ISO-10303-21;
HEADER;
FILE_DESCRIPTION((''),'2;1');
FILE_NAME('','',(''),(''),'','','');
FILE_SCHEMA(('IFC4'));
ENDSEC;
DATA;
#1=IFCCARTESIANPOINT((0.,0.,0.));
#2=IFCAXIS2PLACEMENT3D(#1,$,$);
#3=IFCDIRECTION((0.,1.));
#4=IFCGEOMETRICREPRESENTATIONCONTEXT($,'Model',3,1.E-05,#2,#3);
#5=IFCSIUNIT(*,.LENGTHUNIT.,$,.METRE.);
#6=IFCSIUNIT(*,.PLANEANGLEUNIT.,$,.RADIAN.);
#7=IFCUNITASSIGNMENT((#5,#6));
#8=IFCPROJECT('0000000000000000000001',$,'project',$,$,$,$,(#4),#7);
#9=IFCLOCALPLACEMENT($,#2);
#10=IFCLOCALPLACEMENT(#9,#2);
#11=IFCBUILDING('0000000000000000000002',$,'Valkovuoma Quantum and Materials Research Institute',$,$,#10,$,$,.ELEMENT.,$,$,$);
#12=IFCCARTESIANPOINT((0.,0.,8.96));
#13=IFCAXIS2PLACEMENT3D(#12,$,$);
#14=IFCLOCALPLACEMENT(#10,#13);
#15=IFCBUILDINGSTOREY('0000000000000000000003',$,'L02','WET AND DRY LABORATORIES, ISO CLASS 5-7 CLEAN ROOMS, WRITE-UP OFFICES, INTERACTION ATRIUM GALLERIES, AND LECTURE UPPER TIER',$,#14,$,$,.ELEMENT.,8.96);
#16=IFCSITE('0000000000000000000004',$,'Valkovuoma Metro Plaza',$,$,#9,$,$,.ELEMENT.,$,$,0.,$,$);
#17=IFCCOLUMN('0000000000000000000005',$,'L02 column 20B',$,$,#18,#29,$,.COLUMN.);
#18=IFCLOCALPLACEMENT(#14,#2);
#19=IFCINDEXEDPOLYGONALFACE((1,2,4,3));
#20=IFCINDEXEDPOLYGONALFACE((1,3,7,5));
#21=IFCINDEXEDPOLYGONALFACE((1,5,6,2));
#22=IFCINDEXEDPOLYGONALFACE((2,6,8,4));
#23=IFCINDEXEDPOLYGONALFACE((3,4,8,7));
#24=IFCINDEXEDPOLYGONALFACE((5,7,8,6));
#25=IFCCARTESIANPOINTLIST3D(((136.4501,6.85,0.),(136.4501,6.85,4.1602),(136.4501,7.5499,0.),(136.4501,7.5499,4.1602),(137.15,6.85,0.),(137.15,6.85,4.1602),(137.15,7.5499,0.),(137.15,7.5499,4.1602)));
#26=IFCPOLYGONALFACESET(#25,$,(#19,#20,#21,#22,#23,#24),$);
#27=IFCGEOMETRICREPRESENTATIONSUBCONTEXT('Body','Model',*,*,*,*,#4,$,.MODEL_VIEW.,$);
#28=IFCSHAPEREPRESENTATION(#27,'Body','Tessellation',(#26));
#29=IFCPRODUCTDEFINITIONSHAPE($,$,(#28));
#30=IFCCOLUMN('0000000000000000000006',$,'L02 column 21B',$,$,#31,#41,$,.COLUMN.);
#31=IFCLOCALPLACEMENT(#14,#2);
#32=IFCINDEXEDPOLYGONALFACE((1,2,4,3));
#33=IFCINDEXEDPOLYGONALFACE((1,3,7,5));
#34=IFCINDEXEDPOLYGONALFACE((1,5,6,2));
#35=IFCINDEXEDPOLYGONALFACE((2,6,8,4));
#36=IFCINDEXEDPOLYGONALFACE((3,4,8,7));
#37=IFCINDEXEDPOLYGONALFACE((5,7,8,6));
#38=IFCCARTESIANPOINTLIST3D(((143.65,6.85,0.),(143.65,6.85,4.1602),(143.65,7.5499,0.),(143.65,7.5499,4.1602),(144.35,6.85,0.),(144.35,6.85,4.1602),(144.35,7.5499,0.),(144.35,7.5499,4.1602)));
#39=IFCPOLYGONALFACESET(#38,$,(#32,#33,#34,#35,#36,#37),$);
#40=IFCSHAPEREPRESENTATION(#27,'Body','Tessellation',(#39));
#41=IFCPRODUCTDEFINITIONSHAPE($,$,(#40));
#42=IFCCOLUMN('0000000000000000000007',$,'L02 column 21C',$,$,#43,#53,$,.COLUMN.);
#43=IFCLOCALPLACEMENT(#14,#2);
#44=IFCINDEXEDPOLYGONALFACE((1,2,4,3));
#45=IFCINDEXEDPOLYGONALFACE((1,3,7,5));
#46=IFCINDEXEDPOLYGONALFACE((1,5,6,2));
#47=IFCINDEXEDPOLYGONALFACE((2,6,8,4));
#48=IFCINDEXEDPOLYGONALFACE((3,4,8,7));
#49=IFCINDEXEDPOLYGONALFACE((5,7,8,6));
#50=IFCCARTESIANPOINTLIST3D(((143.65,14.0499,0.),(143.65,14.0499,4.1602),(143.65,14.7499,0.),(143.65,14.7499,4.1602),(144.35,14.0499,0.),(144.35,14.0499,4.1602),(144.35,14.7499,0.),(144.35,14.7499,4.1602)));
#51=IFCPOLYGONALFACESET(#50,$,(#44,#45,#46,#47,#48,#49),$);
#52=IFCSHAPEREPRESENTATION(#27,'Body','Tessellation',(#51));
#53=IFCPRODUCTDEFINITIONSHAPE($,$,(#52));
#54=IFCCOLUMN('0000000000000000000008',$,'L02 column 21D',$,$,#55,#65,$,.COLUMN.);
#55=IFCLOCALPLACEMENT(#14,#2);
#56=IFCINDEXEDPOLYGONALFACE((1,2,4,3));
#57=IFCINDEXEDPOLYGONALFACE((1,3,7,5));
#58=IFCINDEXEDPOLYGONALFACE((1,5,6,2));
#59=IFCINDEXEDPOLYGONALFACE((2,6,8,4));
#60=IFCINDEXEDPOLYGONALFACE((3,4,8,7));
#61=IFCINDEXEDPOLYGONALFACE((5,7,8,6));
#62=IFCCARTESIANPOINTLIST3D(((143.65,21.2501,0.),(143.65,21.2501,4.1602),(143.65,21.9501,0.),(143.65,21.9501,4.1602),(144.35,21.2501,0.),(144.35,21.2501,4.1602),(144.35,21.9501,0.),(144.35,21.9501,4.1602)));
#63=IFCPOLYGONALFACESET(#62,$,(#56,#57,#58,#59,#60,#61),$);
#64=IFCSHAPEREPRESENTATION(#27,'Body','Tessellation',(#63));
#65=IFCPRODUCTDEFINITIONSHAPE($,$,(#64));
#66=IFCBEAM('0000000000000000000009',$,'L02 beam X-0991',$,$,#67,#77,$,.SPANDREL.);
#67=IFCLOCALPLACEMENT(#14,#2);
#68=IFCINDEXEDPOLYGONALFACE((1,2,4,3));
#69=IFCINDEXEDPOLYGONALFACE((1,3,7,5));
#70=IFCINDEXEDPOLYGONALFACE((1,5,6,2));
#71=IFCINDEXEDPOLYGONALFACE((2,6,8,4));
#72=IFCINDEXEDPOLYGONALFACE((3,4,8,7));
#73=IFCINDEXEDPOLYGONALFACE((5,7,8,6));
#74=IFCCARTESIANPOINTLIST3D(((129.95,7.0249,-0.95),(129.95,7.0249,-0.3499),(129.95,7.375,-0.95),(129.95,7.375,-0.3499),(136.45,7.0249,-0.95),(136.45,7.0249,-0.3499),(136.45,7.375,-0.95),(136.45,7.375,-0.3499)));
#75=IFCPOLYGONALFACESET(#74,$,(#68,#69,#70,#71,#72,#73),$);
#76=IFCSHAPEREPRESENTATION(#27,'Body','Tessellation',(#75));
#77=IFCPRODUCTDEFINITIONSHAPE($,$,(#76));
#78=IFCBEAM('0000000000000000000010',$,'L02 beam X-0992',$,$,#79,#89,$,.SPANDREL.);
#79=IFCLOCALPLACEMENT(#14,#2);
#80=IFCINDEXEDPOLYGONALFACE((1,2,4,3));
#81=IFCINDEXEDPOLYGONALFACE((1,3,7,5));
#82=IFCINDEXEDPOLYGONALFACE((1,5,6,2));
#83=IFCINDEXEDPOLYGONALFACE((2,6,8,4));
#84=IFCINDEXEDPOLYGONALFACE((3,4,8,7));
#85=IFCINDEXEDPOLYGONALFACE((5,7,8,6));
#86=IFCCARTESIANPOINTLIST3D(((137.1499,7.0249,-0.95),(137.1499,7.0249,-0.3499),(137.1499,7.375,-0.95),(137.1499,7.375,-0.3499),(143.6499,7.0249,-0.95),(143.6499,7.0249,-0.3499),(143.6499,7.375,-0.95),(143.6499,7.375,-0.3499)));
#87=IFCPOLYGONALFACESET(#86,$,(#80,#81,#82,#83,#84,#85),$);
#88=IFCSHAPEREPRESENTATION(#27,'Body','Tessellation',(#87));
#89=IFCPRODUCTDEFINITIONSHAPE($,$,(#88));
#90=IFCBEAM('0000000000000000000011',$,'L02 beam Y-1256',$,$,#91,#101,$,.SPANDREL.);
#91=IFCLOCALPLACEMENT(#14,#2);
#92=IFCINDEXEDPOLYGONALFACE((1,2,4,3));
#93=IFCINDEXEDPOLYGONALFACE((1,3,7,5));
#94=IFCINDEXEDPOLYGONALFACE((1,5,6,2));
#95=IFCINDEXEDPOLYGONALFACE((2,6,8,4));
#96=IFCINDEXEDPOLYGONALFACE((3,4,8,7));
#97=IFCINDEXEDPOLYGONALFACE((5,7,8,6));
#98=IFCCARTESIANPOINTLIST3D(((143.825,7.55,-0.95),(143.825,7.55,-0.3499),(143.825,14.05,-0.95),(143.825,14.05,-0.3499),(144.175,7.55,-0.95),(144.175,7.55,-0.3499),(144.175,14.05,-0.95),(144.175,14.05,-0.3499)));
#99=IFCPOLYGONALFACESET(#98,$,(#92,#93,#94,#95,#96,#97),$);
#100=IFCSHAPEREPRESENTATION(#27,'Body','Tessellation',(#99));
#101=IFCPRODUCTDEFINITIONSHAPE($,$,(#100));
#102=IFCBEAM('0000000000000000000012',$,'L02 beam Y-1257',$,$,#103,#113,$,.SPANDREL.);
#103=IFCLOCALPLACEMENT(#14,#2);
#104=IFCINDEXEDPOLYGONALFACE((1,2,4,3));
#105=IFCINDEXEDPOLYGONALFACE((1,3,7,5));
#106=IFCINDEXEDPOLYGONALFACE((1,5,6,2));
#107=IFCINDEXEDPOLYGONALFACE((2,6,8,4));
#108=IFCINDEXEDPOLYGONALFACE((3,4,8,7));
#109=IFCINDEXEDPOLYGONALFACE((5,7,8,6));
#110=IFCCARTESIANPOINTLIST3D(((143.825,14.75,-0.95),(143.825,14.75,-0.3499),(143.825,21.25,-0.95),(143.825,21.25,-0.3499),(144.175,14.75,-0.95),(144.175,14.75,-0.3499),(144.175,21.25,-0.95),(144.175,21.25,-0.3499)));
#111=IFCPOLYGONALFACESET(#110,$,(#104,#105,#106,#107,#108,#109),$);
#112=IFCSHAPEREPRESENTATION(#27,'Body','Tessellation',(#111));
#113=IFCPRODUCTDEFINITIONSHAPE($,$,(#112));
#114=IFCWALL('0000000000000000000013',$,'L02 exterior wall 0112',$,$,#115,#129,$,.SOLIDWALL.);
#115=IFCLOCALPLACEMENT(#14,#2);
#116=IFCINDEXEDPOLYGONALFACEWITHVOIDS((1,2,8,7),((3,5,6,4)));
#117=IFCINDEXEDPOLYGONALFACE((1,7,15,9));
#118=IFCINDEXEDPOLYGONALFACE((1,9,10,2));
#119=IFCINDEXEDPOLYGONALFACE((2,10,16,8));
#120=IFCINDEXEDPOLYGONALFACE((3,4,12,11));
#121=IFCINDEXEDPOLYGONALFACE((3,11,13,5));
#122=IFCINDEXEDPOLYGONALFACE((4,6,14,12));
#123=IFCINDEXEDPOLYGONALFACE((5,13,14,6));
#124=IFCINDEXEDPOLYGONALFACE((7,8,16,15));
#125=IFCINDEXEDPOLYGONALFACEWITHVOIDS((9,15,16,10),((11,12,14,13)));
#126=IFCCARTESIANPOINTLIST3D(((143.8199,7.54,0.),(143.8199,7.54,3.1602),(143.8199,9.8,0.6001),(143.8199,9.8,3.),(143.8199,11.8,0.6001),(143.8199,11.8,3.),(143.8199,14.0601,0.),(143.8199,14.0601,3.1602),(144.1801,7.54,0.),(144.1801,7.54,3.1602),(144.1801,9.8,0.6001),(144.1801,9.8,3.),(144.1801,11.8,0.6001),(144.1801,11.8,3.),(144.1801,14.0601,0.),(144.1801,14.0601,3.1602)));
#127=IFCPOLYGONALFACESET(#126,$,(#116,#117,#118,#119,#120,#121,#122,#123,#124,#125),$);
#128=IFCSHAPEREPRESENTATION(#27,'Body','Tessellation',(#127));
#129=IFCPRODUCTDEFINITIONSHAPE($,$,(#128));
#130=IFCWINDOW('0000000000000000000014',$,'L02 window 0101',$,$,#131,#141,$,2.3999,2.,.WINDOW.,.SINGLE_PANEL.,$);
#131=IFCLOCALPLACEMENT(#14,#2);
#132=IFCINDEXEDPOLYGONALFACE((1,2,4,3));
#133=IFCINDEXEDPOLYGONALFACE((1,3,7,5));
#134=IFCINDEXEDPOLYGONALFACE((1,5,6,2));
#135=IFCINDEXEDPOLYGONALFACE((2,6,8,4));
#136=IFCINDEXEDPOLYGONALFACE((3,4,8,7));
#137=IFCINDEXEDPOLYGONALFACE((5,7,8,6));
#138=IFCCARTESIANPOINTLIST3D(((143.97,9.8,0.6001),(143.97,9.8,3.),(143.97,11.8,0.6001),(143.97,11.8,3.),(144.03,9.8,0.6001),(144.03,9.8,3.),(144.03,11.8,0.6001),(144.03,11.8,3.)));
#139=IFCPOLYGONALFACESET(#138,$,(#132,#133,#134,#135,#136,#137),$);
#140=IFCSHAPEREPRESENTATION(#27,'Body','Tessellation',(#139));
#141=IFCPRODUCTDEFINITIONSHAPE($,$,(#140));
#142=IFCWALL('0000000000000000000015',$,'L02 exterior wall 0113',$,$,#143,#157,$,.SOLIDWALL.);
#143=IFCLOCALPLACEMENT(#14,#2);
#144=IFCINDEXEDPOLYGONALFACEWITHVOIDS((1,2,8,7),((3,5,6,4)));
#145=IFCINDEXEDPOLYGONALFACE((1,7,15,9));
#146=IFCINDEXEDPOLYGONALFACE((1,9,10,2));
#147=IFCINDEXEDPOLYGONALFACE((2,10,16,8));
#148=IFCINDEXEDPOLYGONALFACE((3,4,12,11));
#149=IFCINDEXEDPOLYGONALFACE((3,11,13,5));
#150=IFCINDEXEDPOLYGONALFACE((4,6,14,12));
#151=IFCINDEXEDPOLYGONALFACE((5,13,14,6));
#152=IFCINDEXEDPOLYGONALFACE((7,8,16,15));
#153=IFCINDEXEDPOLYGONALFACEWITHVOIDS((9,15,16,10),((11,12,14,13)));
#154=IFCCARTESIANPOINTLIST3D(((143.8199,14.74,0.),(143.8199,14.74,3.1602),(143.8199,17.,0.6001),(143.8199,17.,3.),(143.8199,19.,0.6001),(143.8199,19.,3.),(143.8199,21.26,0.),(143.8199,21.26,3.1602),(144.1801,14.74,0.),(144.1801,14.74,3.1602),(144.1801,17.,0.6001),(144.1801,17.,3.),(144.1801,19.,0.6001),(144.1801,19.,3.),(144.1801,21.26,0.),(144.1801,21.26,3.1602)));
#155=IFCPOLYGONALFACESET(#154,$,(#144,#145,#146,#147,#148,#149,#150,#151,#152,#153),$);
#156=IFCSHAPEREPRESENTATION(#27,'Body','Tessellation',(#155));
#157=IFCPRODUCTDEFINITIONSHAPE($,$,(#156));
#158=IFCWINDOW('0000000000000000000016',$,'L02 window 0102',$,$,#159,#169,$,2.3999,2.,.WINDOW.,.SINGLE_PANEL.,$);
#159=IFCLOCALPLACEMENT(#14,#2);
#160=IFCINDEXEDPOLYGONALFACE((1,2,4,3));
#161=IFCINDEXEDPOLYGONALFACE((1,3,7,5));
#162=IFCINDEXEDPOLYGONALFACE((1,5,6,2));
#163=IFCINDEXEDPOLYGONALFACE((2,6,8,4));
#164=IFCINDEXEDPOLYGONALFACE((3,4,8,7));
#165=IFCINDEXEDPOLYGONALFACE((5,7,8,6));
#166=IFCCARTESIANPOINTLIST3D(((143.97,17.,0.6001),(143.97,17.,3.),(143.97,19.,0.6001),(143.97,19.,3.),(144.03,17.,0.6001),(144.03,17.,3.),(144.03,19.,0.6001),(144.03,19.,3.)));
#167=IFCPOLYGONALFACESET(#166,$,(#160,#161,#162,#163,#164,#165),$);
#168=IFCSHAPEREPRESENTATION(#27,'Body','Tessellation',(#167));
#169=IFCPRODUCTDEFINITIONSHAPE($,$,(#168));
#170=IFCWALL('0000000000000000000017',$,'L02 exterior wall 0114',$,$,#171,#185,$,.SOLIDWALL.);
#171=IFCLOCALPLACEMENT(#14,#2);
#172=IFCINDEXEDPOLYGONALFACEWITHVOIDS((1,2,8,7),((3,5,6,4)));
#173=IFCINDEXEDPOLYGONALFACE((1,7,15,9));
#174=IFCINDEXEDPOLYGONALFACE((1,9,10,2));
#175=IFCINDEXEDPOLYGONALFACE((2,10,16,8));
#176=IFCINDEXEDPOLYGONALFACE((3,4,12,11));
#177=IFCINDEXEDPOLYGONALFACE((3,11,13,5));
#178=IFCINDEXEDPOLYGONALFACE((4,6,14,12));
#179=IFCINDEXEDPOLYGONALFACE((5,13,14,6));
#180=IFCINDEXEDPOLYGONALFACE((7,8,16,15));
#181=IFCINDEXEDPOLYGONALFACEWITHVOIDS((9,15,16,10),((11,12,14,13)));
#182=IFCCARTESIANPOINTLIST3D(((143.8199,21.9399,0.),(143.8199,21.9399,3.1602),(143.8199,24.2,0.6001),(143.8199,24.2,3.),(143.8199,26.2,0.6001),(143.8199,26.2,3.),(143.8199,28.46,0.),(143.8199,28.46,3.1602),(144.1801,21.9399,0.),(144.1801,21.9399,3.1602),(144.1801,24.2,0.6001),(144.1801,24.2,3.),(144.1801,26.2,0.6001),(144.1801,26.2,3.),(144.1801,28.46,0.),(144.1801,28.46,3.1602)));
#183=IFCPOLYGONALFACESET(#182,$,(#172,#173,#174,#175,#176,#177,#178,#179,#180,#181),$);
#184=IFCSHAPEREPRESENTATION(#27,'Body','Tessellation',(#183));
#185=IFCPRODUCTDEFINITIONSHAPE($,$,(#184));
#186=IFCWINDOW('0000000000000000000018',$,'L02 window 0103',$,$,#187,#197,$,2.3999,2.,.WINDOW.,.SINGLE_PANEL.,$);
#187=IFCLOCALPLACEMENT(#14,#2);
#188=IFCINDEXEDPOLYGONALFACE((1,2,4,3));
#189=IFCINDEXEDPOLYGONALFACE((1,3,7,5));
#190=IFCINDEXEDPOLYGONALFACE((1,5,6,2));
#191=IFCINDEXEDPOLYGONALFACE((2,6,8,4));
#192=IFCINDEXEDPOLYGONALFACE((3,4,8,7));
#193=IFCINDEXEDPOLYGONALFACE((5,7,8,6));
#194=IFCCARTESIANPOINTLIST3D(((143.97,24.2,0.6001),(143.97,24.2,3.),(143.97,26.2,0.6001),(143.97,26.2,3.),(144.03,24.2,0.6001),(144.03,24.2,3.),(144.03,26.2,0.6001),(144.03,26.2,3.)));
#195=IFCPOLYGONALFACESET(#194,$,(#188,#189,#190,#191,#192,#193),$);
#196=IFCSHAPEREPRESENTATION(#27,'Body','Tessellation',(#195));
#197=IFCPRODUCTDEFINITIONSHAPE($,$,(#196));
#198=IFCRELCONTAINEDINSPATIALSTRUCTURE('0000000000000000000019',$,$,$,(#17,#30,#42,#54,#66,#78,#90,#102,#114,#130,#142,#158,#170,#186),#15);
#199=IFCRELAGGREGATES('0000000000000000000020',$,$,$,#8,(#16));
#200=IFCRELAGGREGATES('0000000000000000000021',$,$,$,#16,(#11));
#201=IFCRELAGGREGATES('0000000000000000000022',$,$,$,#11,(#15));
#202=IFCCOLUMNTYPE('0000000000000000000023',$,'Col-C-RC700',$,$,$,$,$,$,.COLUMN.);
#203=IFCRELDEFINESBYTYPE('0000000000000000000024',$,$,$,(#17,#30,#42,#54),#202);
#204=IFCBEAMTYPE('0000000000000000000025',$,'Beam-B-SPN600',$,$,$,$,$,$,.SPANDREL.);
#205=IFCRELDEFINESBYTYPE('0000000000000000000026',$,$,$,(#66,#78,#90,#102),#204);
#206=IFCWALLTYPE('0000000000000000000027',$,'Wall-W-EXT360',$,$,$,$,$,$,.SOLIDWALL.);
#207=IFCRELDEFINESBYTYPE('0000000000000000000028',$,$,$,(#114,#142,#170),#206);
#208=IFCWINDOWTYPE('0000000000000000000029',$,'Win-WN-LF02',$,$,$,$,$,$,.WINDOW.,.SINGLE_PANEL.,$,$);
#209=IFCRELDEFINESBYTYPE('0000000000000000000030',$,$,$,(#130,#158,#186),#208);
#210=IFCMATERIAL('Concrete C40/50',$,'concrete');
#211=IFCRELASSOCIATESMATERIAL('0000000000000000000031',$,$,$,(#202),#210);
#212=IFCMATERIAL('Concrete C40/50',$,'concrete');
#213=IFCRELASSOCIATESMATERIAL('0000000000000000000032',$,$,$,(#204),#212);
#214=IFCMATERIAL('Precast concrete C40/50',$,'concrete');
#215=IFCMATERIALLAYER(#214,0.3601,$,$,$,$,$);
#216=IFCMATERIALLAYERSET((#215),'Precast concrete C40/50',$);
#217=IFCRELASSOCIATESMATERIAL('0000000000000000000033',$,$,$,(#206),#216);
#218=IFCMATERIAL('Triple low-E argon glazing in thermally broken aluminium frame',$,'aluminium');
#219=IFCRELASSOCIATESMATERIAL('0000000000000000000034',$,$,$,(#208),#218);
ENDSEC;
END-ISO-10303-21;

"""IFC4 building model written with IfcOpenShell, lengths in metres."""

from ifc_helpers import new_model, si_unit, direction, frame, frame_2d, origin, origin_2d, place, context, subcontext, project, spatial, rectangle, extrude, material, layer, layer_set, material_profile, profile_set, type_object, element, fill, save


model = new_model("IFC4")

# Units and contexts
model_context = context("Model", 3, precision=1e-05, world=origin(), true_north=direction((0.0, 1.0)))
body_context = subcontext(model_context, "Body", "Model", "MODEL_VIEW")
ifc_project = project(units=[si_unit("LENGTHUNIT", "METRE"), si_unit("PLANEANGLEUNIT", "RADIAN")], contexts=[model_context])

# Site, building, storey
site_placement = place(None, origin())
site = spatial("IfcSite", under=ifc_project, at=site_placement, Name="Valkovuoma Metro Plaza", CompositionType="ELEMENT", RefElevation=0.0)
building_placement = place(site_placement, origin())
building = spatial("IfcBuilding", under=site, at=building_placement, Name="Valkovuoma Quantum and Materials Research Institute", CompositionType="ELEMENT")
storey_placement = place(building_placement, frame((0.0, 0.0, 8.96)))
storey = spatial("IfcBuildingStorey", under=building, at=storey_placement, Name="L02", Description="WET AND DRY LABORATORIES, ISO CLASS 5-7 CLEAN ROOMS, WRITE-UP OFFICES, INTERACTION ATRIUM GALLERIES, AND LECTURE UPPER TIER", CompositionType="ELEMENT", Elevation=8.96)

# Columns
ifc_material_1 = material(Name="Concrete C40/50", Category="concrete")
ifc_material_profile_1 = material_profile(ifc_material_1, rectangle(XDim=0.7, YDim=0.7, at=origin_2d()), Name="Concrete C40/50")
ifc_profile_set_1 = profile_set([ifc_material_profile_1], Name="Concrete C40/50")
column_type = type_object("IfcColumnType", Name="Col-C-RC700", PredefinedType="COLUMN", material=ifc_profile_set_1)
for number, where, z_axis, x_axis, name in (
    (1, (136.8, 7.2, 0.0), (0.0, 0.0, 1.0), (1.0, 0.0, 0.0), "L02 column 20B"),
    (2, (144.0, 7.2, 0.0), (0.0, 0.0, 1.0), (1.0, 0.0, 0.0), "L02 column 21B"),
    (3, (144.0, 14.3999, 0.0), (0.0, 0.0, 1.0), (1.0, 0.0, 0.0), "L02 column 21C"),
    (4, (144.0, 21.6001, 0.0), (0.0, 0.0, 1.0), (1.0, 0.0, 0.0), "L02 column 21D"),
):
    element("IfcColumn", number, at=place(storey_placement, frame(where, z_axis=z_axis, x_axis=x_axis)), inside=storey, type_object=column_type, Name=name, PredefinedType="COLUMN", context=body_context, shape_type="SweptSolid", body=[
        extrude(rectangle(XDim=0.7, YDim=0.7, at=origin_2d()), origin(), (0.0, 0.0, 1.0), 4.1602),
    ])

# Beams
ifc_material_2 = material(Name="Concrete C40/50", Category="concrete")
ifc_material_profile_2 = material_profile(ifc_material_2, rectangle(XDim=0.3501, YDim=0.6001, at=origin_2d()), Name="Concrete C40/50")
ifc_profile_set_2 = profile_set([ifc_material_profile_2], Name="Concrete C40/50")
beam_type = type_object("IfcBeamType", Name="Beam-B-SPN600", PredefinedType="SPANDREL", material=ifc_profile_set_2)
for number, where, z_axis, x_axis, name in (
    (5, (129.95, 7.2, -0.6499), (1.0, 0.0, 0.0), (0.0, 1.0, 0.0), "L02 beam X-0991"),
    (6, (137.1499, 7.2, -0.6499), (1.0, 0.0, 0.0), (0.0, 1.0, 0.0), "L02 beam X-0992"),
    (7, (144.0, 7.55, -0.6499), (0.0, 1.0, 0.0), (-1.0, 0.0, 0.0), "L02 beam Y-1256"),
    (8, (144.0, 14.75, -0.6499), (0.0, 1.0, 0.0), (-1.0, 0.0, 0.0), "L02 beam Y-1257"),
):
    element("IfcBeam", number, at=place(storey_placement, frame(where, z_axis=z_axis, x_axis=x_axis)), inside=storey, type_object=beam_type, Name=name, PredefinedType="SPANDREL", context=body_context, shape_type="SweptSolid", body=[
        extrude(rectangle(XDim=0.3501, YDim=0.6001, at=origin_2d()), origin(), (0.0, 0.0, 1.0), 6.5),
    ])

# Walls, openings, windows
ifc_material_3 = material(Name="Precast concrete C40/50", Category="concrete")
ifc_layer_1 = layer(ifc_material_3, 0.3601)
ifc_layer_set_1 = layer_set([ifc_layer_1], Name="Precast concrete C40/50")
wall_type_1 = type_object("IfcWallType", Name="Wall-W-EXT360", PredefinedType="SOLIDWALL", material=ifc_layer_set_1)
wall_1_placement = place(storey_placement, frame((144.0, 7.54, 0.0), z_axis=(0.0, 0.0, 1.0), x_axis=(0.0, 1.0, 0.0)))
wall_1 = element("IfcWall", 9, at=wall_1_placement, inside=storey, type_object=wall_type_1, Name="L02 exterior wall 0112", PredefinedType="SOLIDWALL", context=body_context, shape_type="SweptSolid", body=[
    extrude(rectangle(XDim=6.52, YDim=0.3601, at=frame_2d((3.26, 0.0))), origin(), (0.0, 0.0, 1.0), 3.1602),
])
opening_1_placement = place(wall_1_placement, frame((2.26, 0.0, 0.6001)))
opening_1 = element("IfcOpeningElement", 10, at=opening_1_placement, cuts=wall_1, PredefinedType="OPENING", context=body_context, shape_type="SweptSolid", body=[
    extrude(rectangle(XDim=2.0, YDim=2.3999, at=frame_2d((1.0, 1.2))), frame((0.0, 0.1899, 0.0), z_axis=(0.0, -1.0, 0.0), x_axis=(1.0, 0.0, 0.0)), (0.0, 0.0, 1.0), 0.3801),
])
ifc_material_4 = material(Name="Triple low-E argon glazing in thermally broken aluminium frame", Category="aluminium")
window_type_1 = type_object("IfcWindowType", Name="Win-WN-LF02", PartitioningType="SINGLE_PANEL", PredefinedType="WINDOW", material=ifc_material_4)
window_1_placement = place(opening_1_placement, origin())
window_1 = element("IfcWindow", 11, at=window_1_placement, inside=storey, type_object=window_type_1, Name="L02 window 0101", OverallHeight=2.3999, OverallWidth=2.0, PartitioningType="SINGLE_PANEL", PredefinedType="WINDOW", context=body_context, shape_type="SweptSolid", body=[
    extrude(rectangle(XDim=2.0, YDim=2.3999, at=frame_2d((1.0, 1.2))), frame((0.0, 0.03, 0.0), z_axis=(0.0, -1.0, 0.0), x_axis=(1.0, 0.0, 0.0)), (0.0, 0.0, 1.0), 0.0601),
])
fill(opening_1, window_1)
wall_2_placement = place(storey_placement, frame((144.0, 14.74, 0.0), z_axis=(0.0, 0.0, 1.0), x_axis=(0.0, 1.0, 0.0)))
wall_2 = element("IfcWall", 12, at=wall_2_placement, inside=storey, type_object=wall_type_1, Name="L02 exterior wall 0113", PredefinedType="SOLIDWALL", context=body_context, shape_type="SweptSolid", body=[
    extrude(rectangle(XDim=6.52, YDim=0.3601, at=frame_2d((3.26, 0.0))), origin(), (0.0, 0.0, 1.0), 3.1602),
])
opening_2_placement = place(wall_2_placement, frame((2.26, 0.0, 0.6001)))
opening_2 = element("IfcOpeningElement", 13, at=opening_2_placement, cuts=wall_2, PredefinedType="OPENING", context=body_context, shape_type="SweptSolid", body=[
    extrude(rectangle(XDim=2.0, YDim=2.3999, at=frame_2d((1.0, 1.2))), frame((0.0, 0.1899, 0.0), z_axis=(0.0, -1.0, 0.0), x_axis=(1.0, 0.0, 0.0)), (0.0, 0.0, 1.0), 0.3801),
])
window_2_placement = place(opening_2_placement, origin())
window_2 = element("IfcWindow", 14, at=window_2_placement, inside=storey, type_object=window_type_1, Name="L02 window 0102", OverallHeight=2.3999, OverallWidth=2.0, PartitioningType="SINGLE_PANEL", PredefinedType="WINDOW", context=body_context, shape_type="SweptSolid", body=[
    extrude(rectangle(XDim=2.0, YDim=2.3999, at=frame_2d((1.0, 1.2))), frame((0.0, 0.03, 0.0), z_axis=(0.0, -1.0, 0.0), x_axis=(1.0, 0.0, 0.0)), (0.0, 0.0, 1.0), 0.0601),
])
fill(opening_2, window_2)
wall_3_placement = place(storey_placement, frame((144.0, 21.9399, 0.0), z_axis=(0.0, 0.0, 1.0), x_axis=(0.0, 1.0, 0.0)))
wall_3 = element("IfcWall", 15, at=wall_3_placement, inside=storey, type_object=wall_type_1, Name="L02 exterior wall 0114", PredefinedType="SOLIDWALL", context=body_context, shape_type="SweptSolid", body=[
    extrude(rectangle(XDim=6.52, YDim=0.3601, at=frame_2d((3.26, 0.0))), origin(), (0.0, 0.0, 1.0), 3.1602),
])
opening_3_placement = place(wall_3_placement, frame((2.26, 0.0, 0.6001)))
opening_3 = element("IfcOpeningElement", 16, at=opening_3_placement, cuts=wall_3, PredefinedType="OPENING", context=body_context, shape_type="SweptSolid", body=[
    extrude(rectangle(XDim=2.0, YDim=2.3999, at=frame_2d((1.0, 1.2))), frame((0.0, 0.1899, 0.0), z_axis=(0.0, -1.0, 0.0), x_axis=(1.0, 0.0, 0.0)), (0.0, 0.0, 1.0), 0.3801),
])
window_3_placement = place(opening_3_placement, origin())
window_3 = element("IfcWindow", 17, at=window_3_placement, inside=storey, type_object=window_type_1, Name="L02 window 0103", OverallHeight=2.3999, OverallWidth=2.0, PartitioningType="SINGLE_PANEL", PredefinedType="WINDOW", context=body_context, shape_type="SweptSolid", body=[
    extrude(rectangle(XDim=2.0, YDim=2.3999, at=frame_2d((1.0, 1.2))), frame((0.0, 0.03, 0.0), z_axis=(0.0, -1.0, 0.0), x_axis=(1.0, 0.0, 0.0)), (0.0, 0.0, 1.0), 0.0601),
])
fill(opening_3, window_3)

save(model, "model.ifc")
